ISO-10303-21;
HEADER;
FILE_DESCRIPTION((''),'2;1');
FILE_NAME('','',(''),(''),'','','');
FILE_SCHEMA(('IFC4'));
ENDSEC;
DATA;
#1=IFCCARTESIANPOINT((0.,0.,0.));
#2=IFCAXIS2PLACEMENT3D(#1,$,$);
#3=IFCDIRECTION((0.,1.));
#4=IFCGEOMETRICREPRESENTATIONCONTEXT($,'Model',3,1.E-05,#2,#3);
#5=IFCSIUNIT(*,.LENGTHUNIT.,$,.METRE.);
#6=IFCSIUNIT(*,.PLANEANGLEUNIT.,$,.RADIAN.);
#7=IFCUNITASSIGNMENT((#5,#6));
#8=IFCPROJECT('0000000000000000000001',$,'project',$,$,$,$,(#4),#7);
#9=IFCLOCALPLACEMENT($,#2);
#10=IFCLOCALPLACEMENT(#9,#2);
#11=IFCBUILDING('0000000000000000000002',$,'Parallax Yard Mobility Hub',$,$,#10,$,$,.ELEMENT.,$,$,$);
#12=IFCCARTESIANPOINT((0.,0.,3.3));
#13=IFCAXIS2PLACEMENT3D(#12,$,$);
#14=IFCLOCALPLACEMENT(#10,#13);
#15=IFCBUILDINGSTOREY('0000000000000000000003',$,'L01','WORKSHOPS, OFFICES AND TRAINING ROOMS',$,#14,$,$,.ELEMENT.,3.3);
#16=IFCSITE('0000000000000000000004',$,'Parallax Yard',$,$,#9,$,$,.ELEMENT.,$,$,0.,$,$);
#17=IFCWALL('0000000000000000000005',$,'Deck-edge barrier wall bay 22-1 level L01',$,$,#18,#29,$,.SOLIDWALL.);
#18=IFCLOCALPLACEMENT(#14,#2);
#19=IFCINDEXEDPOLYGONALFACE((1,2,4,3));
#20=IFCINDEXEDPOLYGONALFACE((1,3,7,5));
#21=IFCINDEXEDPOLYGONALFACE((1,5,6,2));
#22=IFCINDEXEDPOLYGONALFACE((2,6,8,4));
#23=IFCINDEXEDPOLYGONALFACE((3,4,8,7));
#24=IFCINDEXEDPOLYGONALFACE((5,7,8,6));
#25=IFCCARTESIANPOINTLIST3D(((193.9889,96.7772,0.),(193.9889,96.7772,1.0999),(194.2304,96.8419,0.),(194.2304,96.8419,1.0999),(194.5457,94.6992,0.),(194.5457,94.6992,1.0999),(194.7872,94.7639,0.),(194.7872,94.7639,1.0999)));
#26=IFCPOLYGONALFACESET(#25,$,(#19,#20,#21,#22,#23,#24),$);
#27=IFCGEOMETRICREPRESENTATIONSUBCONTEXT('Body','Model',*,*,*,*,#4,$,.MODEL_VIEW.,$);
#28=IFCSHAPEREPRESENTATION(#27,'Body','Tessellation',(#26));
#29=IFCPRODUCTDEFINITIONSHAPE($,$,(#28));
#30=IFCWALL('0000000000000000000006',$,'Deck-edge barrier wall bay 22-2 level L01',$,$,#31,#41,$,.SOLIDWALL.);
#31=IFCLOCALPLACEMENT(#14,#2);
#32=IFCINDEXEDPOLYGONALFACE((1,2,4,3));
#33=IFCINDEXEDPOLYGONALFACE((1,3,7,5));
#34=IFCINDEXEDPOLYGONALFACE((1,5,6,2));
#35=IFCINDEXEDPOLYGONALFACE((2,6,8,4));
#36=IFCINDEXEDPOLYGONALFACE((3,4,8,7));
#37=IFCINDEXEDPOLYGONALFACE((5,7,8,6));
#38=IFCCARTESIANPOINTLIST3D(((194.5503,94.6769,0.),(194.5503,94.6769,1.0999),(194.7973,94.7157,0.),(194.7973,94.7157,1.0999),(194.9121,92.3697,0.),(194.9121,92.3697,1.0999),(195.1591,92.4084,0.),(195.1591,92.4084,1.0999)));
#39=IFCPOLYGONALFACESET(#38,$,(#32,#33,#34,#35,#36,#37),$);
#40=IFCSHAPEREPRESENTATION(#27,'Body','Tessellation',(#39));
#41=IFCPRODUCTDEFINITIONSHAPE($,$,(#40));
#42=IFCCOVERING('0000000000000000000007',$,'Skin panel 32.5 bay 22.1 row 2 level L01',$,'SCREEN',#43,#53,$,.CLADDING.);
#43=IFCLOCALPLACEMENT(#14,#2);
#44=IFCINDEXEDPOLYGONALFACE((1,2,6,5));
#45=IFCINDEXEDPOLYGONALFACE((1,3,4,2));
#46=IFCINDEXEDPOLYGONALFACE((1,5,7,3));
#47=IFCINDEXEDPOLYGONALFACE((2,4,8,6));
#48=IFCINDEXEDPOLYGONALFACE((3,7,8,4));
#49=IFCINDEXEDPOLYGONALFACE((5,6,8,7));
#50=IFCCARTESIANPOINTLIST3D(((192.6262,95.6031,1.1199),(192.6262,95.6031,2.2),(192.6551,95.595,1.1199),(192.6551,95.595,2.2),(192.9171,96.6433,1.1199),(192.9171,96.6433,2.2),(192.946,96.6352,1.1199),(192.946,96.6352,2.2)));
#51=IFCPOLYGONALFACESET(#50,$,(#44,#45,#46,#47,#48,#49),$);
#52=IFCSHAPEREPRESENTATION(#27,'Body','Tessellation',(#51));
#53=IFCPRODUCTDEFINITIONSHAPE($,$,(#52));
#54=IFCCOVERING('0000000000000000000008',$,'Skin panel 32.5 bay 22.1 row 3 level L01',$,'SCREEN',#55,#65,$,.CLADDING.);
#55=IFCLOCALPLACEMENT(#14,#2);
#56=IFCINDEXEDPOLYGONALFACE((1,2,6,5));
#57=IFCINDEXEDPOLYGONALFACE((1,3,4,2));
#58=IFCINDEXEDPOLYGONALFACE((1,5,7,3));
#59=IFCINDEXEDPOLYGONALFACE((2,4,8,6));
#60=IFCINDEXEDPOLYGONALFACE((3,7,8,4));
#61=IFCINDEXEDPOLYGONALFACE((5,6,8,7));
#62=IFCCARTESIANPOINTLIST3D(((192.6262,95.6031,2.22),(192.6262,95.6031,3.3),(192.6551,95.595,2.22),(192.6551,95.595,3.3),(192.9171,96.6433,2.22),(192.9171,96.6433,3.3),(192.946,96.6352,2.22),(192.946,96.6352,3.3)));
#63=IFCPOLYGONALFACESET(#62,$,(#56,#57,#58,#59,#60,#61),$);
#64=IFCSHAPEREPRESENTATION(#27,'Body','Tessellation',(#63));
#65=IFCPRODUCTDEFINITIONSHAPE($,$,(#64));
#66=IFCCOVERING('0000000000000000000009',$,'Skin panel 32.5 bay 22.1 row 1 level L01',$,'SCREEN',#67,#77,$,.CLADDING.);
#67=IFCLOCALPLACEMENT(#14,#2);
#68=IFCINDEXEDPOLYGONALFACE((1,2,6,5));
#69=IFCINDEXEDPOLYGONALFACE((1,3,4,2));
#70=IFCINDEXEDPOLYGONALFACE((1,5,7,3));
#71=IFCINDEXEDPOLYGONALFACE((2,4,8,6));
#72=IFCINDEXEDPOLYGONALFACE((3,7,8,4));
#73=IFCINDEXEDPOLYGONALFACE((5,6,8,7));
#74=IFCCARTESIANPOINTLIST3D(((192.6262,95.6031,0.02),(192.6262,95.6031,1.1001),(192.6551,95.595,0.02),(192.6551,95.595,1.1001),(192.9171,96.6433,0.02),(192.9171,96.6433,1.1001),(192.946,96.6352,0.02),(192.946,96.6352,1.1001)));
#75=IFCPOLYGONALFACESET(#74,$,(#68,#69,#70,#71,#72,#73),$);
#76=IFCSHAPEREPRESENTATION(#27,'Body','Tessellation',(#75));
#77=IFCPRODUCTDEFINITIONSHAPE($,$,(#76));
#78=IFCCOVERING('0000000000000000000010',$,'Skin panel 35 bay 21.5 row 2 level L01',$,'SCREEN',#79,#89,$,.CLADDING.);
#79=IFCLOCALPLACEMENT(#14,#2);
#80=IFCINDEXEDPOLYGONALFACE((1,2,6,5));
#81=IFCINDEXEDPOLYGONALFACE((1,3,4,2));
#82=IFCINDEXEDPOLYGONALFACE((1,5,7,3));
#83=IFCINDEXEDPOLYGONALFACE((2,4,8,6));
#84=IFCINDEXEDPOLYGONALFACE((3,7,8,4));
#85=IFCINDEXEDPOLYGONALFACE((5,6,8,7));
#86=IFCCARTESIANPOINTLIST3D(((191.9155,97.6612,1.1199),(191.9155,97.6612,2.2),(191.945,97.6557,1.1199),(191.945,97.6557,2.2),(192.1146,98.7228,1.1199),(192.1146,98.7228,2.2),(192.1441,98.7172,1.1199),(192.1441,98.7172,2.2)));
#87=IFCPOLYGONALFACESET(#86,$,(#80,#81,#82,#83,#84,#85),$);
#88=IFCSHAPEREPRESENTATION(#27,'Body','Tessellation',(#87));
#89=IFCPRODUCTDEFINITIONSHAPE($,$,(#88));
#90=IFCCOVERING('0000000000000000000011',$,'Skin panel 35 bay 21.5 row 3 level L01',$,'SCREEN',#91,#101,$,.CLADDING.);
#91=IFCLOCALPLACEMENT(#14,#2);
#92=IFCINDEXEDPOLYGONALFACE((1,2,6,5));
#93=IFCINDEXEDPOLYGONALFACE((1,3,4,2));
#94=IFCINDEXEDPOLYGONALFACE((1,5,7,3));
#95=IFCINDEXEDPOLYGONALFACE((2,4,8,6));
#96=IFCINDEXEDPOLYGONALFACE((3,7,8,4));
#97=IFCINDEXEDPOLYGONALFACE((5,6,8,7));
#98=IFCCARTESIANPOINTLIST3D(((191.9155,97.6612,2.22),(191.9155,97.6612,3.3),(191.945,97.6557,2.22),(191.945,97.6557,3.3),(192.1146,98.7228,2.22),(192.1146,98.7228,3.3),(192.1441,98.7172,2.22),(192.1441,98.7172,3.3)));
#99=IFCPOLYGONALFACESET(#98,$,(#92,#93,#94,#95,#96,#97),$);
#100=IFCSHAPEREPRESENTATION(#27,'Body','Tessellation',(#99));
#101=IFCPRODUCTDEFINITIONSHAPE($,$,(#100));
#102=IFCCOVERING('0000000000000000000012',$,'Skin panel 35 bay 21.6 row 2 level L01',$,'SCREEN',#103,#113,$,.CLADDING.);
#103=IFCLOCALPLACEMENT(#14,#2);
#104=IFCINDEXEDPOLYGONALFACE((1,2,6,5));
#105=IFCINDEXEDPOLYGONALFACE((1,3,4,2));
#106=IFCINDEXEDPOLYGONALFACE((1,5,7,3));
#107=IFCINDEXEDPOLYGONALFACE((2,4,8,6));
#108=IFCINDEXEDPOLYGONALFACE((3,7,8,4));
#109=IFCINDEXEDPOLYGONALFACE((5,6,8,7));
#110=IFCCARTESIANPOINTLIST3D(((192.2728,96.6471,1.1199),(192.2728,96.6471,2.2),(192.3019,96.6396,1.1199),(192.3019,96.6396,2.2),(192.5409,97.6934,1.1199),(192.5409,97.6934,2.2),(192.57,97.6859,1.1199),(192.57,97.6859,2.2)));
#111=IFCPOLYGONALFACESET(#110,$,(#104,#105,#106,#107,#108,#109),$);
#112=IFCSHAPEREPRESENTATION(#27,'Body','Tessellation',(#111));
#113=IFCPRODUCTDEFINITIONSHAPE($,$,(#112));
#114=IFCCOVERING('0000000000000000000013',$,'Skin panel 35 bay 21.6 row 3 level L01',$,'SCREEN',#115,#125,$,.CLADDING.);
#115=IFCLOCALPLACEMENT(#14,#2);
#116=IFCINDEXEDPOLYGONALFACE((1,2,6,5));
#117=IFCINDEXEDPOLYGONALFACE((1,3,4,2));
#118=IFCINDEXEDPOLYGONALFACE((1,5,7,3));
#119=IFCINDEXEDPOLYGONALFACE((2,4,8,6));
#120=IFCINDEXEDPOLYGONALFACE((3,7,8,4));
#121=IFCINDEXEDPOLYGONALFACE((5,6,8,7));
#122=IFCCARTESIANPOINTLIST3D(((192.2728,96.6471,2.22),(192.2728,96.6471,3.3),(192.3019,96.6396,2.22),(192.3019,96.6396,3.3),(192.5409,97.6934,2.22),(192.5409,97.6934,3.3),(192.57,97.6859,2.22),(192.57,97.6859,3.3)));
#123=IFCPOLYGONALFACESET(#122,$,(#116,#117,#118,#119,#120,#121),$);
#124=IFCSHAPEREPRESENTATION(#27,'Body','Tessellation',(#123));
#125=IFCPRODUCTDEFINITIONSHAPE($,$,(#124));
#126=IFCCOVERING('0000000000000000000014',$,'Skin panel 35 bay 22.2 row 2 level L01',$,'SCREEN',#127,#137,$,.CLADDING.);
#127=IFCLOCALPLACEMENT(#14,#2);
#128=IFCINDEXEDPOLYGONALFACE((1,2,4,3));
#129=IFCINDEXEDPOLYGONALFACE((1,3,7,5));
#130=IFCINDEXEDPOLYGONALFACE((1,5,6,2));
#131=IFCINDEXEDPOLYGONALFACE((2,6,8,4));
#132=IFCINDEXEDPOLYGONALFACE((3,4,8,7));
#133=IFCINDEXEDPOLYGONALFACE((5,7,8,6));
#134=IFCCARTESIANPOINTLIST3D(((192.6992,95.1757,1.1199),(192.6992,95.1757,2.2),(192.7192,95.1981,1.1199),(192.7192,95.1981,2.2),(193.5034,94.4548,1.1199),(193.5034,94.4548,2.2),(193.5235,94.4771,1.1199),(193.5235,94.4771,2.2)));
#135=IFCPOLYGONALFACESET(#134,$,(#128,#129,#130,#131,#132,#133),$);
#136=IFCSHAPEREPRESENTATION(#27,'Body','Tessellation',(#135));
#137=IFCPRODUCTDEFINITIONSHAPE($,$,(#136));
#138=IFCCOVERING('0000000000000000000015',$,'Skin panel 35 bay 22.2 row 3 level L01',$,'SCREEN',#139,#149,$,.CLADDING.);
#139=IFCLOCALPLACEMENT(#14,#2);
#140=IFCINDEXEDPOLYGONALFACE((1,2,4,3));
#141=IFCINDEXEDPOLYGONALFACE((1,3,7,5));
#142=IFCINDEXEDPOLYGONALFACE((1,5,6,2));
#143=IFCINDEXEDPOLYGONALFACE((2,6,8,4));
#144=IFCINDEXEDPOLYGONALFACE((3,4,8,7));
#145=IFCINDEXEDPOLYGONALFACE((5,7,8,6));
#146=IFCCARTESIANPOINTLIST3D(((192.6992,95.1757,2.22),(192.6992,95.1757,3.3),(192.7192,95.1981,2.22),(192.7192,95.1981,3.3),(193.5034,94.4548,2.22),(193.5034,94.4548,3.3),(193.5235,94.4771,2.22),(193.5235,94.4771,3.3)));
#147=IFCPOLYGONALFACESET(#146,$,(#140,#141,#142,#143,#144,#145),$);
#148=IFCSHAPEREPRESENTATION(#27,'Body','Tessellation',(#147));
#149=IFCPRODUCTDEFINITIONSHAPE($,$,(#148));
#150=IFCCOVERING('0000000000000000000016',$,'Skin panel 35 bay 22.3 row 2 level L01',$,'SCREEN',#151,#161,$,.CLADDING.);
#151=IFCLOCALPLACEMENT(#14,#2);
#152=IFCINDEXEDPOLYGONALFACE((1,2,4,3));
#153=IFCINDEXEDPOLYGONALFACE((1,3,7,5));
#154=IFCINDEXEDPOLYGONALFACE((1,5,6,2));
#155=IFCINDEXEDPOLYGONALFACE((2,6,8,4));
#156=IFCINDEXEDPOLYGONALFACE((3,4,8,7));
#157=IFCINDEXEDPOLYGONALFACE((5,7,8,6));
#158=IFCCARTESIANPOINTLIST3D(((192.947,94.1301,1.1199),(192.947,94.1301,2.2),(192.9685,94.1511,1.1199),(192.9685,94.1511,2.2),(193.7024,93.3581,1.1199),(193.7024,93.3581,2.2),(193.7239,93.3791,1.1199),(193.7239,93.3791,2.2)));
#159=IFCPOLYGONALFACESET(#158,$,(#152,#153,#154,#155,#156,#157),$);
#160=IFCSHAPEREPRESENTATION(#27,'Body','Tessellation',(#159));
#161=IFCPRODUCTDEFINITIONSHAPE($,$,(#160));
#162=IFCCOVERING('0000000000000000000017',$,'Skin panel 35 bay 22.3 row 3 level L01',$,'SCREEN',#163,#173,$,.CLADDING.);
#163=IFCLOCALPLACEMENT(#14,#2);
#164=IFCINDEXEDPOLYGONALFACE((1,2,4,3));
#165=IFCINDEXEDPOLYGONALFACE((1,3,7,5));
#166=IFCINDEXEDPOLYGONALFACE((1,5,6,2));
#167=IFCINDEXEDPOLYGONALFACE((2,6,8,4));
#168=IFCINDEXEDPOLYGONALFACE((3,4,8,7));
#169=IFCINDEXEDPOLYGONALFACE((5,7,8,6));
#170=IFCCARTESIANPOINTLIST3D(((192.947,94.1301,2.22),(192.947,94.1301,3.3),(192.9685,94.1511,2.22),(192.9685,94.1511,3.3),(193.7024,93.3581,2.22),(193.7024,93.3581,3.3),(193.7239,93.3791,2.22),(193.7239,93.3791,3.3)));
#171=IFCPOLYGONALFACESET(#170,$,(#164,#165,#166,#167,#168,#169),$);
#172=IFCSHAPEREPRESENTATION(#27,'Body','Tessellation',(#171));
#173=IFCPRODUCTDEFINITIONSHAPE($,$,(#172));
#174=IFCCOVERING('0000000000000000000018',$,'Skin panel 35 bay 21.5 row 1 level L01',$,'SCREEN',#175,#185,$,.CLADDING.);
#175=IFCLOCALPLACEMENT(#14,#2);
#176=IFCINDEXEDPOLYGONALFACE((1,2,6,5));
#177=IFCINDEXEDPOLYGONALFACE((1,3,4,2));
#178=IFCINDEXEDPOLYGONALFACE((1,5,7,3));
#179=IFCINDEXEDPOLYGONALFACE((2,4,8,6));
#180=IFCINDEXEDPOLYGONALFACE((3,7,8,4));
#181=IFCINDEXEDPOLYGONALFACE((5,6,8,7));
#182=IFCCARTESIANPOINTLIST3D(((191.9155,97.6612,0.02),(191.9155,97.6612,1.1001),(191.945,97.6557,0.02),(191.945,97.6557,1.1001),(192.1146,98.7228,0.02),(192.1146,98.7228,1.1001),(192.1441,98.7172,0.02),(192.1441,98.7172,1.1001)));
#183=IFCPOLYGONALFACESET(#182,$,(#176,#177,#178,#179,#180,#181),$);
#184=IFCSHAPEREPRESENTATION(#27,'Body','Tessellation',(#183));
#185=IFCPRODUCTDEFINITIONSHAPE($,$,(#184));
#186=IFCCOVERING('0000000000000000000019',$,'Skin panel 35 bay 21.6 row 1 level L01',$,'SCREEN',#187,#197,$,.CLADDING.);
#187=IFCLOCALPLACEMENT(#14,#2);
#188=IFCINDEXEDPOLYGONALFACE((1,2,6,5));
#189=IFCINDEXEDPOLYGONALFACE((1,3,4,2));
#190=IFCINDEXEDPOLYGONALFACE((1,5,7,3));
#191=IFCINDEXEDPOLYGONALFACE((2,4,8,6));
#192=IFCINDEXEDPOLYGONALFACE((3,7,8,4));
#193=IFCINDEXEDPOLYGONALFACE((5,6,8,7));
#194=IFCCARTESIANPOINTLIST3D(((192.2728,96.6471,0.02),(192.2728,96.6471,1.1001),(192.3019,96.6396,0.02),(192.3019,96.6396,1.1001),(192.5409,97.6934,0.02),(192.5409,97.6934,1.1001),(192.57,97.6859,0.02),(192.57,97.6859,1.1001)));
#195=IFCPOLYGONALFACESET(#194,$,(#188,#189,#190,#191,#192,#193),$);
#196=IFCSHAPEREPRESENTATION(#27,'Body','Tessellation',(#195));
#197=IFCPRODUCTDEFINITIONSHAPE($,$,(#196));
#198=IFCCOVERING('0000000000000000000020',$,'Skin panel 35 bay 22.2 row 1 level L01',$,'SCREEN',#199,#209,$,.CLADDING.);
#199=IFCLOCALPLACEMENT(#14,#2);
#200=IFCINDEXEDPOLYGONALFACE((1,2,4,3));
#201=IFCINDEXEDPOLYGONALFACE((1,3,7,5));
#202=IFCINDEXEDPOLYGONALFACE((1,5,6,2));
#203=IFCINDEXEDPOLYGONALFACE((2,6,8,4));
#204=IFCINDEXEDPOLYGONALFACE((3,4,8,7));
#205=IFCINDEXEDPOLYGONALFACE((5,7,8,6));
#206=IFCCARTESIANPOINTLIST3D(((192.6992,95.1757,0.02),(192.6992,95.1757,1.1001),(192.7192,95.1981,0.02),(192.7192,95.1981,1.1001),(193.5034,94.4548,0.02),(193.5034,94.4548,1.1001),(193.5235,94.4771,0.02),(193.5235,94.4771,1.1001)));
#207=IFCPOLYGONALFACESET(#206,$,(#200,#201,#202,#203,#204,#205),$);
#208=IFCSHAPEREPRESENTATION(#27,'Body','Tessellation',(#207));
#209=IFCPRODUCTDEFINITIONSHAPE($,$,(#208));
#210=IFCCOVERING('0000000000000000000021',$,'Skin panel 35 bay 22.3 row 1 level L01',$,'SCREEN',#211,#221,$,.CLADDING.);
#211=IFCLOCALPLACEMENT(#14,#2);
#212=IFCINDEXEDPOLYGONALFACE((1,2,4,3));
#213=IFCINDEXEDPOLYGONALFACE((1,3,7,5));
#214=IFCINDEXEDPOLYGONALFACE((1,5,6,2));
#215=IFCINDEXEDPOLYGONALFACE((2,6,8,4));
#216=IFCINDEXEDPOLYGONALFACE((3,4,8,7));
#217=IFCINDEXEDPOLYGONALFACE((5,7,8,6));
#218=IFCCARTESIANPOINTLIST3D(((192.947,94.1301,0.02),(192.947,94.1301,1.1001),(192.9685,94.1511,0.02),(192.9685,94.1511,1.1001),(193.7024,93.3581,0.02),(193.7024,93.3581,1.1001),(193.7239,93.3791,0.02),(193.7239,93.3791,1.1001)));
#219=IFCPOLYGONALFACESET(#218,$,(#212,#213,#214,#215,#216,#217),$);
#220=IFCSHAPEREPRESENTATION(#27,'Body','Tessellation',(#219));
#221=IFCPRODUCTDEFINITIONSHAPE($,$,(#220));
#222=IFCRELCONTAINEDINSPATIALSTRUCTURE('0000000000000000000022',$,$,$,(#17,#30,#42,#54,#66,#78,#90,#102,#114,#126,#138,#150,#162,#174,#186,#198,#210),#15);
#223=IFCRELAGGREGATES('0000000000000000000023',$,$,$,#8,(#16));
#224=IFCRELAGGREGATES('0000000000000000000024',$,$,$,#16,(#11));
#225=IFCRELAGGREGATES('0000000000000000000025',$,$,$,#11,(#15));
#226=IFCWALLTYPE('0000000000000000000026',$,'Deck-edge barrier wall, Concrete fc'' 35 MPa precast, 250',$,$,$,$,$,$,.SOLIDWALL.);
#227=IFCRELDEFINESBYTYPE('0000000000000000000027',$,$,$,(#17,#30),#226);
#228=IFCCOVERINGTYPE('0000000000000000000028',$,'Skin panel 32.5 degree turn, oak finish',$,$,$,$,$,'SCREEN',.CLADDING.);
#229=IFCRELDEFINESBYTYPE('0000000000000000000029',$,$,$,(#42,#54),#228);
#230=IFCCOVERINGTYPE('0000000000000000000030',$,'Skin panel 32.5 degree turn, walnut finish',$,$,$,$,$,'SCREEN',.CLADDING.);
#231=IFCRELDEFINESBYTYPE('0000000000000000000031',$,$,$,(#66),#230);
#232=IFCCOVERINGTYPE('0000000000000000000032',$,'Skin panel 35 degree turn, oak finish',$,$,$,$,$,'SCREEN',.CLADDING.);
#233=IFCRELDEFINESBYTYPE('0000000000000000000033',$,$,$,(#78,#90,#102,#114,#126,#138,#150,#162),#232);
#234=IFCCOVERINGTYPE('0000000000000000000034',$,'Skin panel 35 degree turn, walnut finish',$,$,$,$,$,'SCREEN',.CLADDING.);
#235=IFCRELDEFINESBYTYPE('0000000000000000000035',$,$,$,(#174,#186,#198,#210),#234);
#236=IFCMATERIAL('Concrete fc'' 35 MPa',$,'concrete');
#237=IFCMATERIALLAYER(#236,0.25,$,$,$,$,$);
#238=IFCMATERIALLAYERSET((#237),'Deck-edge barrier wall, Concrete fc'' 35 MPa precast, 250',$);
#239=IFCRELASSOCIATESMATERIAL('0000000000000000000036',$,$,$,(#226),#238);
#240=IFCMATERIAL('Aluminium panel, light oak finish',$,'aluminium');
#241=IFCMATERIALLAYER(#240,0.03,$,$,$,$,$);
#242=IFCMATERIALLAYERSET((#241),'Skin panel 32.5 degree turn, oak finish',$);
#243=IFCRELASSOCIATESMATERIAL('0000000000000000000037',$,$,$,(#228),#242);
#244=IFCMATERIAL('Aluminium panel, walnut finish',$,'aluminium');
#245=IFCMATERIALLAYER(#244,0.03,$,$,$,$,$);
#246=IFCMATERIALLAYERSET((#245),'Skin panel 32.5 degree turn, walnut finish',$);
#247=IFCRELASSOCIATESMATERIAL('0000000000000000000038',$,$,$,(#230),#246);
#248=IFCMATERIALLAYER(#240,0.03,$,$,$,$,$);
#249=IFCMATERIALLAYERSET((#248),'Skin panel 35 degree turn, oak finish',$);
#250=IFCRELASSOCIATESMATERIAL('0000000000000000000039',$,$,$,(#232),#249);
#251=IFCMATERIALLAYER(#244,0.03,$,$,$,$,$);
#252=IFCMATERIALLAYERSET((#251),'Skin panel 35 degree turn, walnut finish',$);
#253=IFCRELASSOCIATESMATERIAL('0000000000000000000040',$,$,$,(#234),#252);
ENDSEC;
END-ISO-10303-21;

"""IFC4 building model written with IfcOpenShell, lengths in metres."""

from ifc_helpers import new_model, si_unit, direction, frame, frame_2d, origin, origin_2d, place, context, subcontext, project, spatial, rectangle, extrude, material, layer, layer_set, type_object, element, save


model = new_model("IFC4")

# Units and contexts
model_context = context("Model", 3, precision=1e-05, world=origin(), true_north=direction((0.0, 1.0)))
body_context = subcontext(model_context, "Body", "Model", "MODEL_VIEW")
ifc_project = project(units=[si_unit("LENGTHUNIT", "METRE"), si_unit("PLANEANGLEUNIT", "RADIAN")], contexts=[model_context])

# Site, building, storey
site_placement = place(None, origin())
site = spatial("IfcSite", under=ifc_project, at=site_placement, Name="Parallax Yard", CompositionType="ELEMENT", RefElevation=0.0)
building_placement = place(site_placement, origin())
building = spatial("IfcBuilding", under=site, at=building_placement, Name="Parallax Yard Mobility Hub", CompositionType="ELEMENT")
storey_placement = place(building_placement, frame((0.0, 0.0, 3.3)))
storey = spatial("IfcBuildingStorey", under=building, at=storey_placement, Name="L01", Description="WORKSHOPS, OFFICES AND TRAINING ROOMS", CompositionType="ELEMENT", Elevation=3.3)

# Walls
ifc_material_1 = material(Name="Concrete fc' 35 MPa", Category="concrete")
ifc_layer_1 = layer(ifc_material_1, 0.25)
ifc_layer_set_1 = layer_set([ifc_layer_1], Name="Deck-edge barrier wall, Concrete fc' 35 MPa precast, 250")
wall_type = type_object("IfcWallType", Name="Deck-edge barrier wall, Concrete fc' 35 MPa precast, 250", PredefinedType="SOLIDWALL", material=ifc_layer_set_1)
wall_1_placement = place(storey_placement, frame((194.1096, 96.8096, 0.0), z_axis=(0.0, 0.0, 1.0), x_axis=(0.258842, -0.96592, 0.0)))
element("IfcWall", 1, at=wall_1_placement, inside=storey, type_object=wall_type, Name="Deck-edge barrier wall bay 22-1 level L01", PredefinedType="SOLIDWALL", context=body_context, shape_type="SweptSolid", body=[
    extrude(rectangle(XDim=2.1514, YDim=0.25, at=frame_2d((1.0757, 0.0))), origin(), (0.0, 0.0, 1.0), 1.0999),
])
wall_2_placement = place(storey_placement, frame((194.6738, 94.6963, 0.0), z_axis=(0.0, 0.0, 1.0), x_axis=(0.154916, -0.987928, 0.0)))
element("IfcWall", 2, at=wall_2_placement, inside=storey, type_object=wall_type, Name="Deck-edge barrier wall bay 22-2 level L01", PredefinedType="SOLIDWALL", context=body_context, shape_type="SweptSolid", body=[
    extrude(rectangle(XDim=2.3354, YDim=0.25, at=frame_2d((1.1677, 0.0))), origin(), (0.0, 0.0, 1.0), 1.0999),
])

# Coverings
ifc_material_2 = material(Name="Aluminium panel, light oak finish", Category="aluminium")
ifc_layer_2 = layer(ifc_material_2, 0.03)
ifc_layer_set_2 = layer_set([ifc_layer_2], Name="Skin panel 32.5 degree turn, oak finish")
covering_type_1 = type_object("IfcCoveringType", Name="Skin panel 32.5 degree turn, oak finish", ElementType="SCREEN", PredefinedType="CLADDING", material=ifc_layer_set_2)
for number, where, z_axis, x_axis, name in (
    (3, (192.7861, 96.1191, 1.1199), (0.0, 0.0, 1.0), (-0.26934, -0.963045, 0.0), "Skin panel 32.5 bay 22.1 row 2 level L01"),
    (4, (192.7861, 96.1191, 2.22), (0.0, 0.0, 1.0), (-0.26934, -0.963045, 0.0), "Skin panel 32.5 bay 22.1 row 3 level L01"),
):
    element("IfcCovering", number, at=place(storey_placement, frame(where, z_axis=z_axis, x_axis=x_axis)), inside=storey, type_object=covering_type_1, Name=name, ObjectType="SCREEN", PredefinedType="CLADDING", context=body_context, shape_type="SweptSolid", body=[
        extrude(rectangle(XDim=1.0801, YDim=0.03, at=origin_2d()), origin(), (0.0, 0.0, 1.0), 1.0801),
    ])
ifc_material_3 = material(Name="Aluminium panel, walnut finish", Category="aluminium")
ifc_layer_3 = layer(ifc_material_3, 0.03)
ifc_layer_set_3 = layer_set([ifc_layer_3], Name="Skin panel 32.5 degree turn, walnut finish")
covering_type_2 = type_object("IfcCoveringType", Name="Skin panel 32.5 degree turn, walnut finish", ElementType="SCREEN", PredefinedType="CLADDING", material=ifc_layer_set_3)
covering_placement = place(storey_placement, frame((192.7861, 96.1191, 0.02), z_axis=(0.0, 0.0, 1.0), x_axis=(-0.26934, -0.963045, 0.0)))
element("IfcCovering", 5, at=covering_placement, inside=storey, type_object=covering_type_2, Name="Skin panel 32.5 bay 22.1 row 1 level L01", ObjectType="SCREEN", PredefinedType="CLADDING", context=body_context, shape_type="SweptSolid", body=[
    extrude(rectangle(XDim=1.0801, YDim=0.03, at=origin_2d()), origin(), (0.0, 0.0, 1.0), 1.0801),
])
ifc_layer_4 = layer(ifc_material_2, 0.03)
ifc_layer_set_4 = layer_set([ifc_layer_4], Name="Skin panel 35 degree turn, oak finish")
covering_type_3 = type_object("IfcCoveringType", Name="Skin panel 35 degree turn, oak finish", ElementType="SCREEN", PredefinedType="CLADDING", material=ifc_layer_set_4)
for number, where, z_axis, x_axis, name in (
    (6, (192.0298, 98.1892, 1.1199), (0.0, 0.0, 1.0), (-0.18438, -0.982855, 0.0), "Skin panel 35 bay 21.5 row 2 level L01"),
    (7, (192.0298, 98.1892, 2.22), (0.0, 0.0, 1.0), (-0.18438, -0.982855, 0.0), "Skin panel 35 bay 21.5 row 3 level L01"),
    (8, (192.4214, 97.1665, 1.1199), (0.0, 0.0, 1.0), (-0.248267, -0.968692, 0.0), "Skin panel 35 bay 21.6 row 2 level L01"),
    (9, (192.4214, 97.1665, 2.22), (0.0, 0.0, 1.0), (-0.248267, -0.968692, 0.0), "Skin panel 35 bay 21.6 row 3 level L01"),
    (10, (193.1113, 94.8264, 1.1199), (0.0, 0.0, 1.0), (-0.744603, 0.667508, 0.0), "Skin panel 35 bay 22.2 row 2 level L01"),
    (11, (193.1113, 94.8264, 2.22), (0.0, 0.0, 1.0), (-0.744603, 0.667508, 0.0), "Skin panel 35 bay 22.2 row 3 level L01"),
    (12, (193.3354, 93.7546, 1.1199), (0.0, 0.0, 1.0), (-0.699352, 0.714778, 0.0), "Skin panel 35 bay 22.3 row 2 level L01"),
    (13, (193.3354, 93.7546, 2.22), (0.0, 0.0, 1.0), (-0.699352, 0.714778, 0.0), "Skin panel 35 bay 22.3 row 3 level L01"),
):
    element("IfcCovering", number, at=place(storey_placement, frame(where, z_axis=z_axis, x_axis=x_axis)), inside=storey, type_object=covering_type_3, Name=name, ObjectType="SCREEN", PredefinedType="CLADDING", context=body_context, shape_type="SweptSolid", body=[
        extrude(rectangle(XDim=1.0801, YDim=0.03, at=origin_2d()), origin(), (0.0, 0.0, 1.0), 1.0801),
    ])
ifc_layer_5 = layer(ifc_material_3, 0.03)
ifc_layer_set_5 = layer_set([ifc_layer_5], Name="Skin panel 35 degree turn, walnut finish")
covering_type_4 = type_object("IfcCoveringType", Name="Skin panel 35 degree turn, walnut finish", ElementType="SCREEN", PredefinedType="CLADDING", material=ifc_layer_set_5)
for number, where, z_axis, x_axis, name in (
    (14, (192.0298, 98.1892, 0.02), (0.0, 0.0, 1.0), (-0.18438, -0.982855, 0.0), "Skin panel 35 bay 21.5 row 1 level L01"),
    (15, (192.4214, 97.1665, 0.02), (0.0, 0.0, 1.0), (-0.248267, -0.968692, 0.0), "Skin panel 35 bay 21.6 row 1 level L01"),
    (16, (193.1113, 94.8264, 0.02), (0.0, 0.0, 1.0), (-0.744603, 0.667508, 0.0), "Skin panel 35 bay 22.2 row 1 level L01"),
    (17, (193.3354, 93.7546, 0.02), (0.0, 0.0, 1.0), (-0.699352, 0.714778, 0.0), "Skin panel 35 bay 22.3 row 1 level L01"),
):
    element("IfcCovering", number, at=place(storey_placement, frame(where, z_axis=z_axis, x_axis=x_axis)), inside=storey, type_object=covering_type_4, Name=name, ObjectType="SCREEN", PredefinedType="CLADDING", context=body_context, shape_type="SweptSolid", body=[
        extrude(rectangle(XDim=1.0801, YDim=0.03, at=origin_2d()), origin(), (0.0, 0.0, 1.0), 1.0801),
    ])

save(model, "model.ifc")
